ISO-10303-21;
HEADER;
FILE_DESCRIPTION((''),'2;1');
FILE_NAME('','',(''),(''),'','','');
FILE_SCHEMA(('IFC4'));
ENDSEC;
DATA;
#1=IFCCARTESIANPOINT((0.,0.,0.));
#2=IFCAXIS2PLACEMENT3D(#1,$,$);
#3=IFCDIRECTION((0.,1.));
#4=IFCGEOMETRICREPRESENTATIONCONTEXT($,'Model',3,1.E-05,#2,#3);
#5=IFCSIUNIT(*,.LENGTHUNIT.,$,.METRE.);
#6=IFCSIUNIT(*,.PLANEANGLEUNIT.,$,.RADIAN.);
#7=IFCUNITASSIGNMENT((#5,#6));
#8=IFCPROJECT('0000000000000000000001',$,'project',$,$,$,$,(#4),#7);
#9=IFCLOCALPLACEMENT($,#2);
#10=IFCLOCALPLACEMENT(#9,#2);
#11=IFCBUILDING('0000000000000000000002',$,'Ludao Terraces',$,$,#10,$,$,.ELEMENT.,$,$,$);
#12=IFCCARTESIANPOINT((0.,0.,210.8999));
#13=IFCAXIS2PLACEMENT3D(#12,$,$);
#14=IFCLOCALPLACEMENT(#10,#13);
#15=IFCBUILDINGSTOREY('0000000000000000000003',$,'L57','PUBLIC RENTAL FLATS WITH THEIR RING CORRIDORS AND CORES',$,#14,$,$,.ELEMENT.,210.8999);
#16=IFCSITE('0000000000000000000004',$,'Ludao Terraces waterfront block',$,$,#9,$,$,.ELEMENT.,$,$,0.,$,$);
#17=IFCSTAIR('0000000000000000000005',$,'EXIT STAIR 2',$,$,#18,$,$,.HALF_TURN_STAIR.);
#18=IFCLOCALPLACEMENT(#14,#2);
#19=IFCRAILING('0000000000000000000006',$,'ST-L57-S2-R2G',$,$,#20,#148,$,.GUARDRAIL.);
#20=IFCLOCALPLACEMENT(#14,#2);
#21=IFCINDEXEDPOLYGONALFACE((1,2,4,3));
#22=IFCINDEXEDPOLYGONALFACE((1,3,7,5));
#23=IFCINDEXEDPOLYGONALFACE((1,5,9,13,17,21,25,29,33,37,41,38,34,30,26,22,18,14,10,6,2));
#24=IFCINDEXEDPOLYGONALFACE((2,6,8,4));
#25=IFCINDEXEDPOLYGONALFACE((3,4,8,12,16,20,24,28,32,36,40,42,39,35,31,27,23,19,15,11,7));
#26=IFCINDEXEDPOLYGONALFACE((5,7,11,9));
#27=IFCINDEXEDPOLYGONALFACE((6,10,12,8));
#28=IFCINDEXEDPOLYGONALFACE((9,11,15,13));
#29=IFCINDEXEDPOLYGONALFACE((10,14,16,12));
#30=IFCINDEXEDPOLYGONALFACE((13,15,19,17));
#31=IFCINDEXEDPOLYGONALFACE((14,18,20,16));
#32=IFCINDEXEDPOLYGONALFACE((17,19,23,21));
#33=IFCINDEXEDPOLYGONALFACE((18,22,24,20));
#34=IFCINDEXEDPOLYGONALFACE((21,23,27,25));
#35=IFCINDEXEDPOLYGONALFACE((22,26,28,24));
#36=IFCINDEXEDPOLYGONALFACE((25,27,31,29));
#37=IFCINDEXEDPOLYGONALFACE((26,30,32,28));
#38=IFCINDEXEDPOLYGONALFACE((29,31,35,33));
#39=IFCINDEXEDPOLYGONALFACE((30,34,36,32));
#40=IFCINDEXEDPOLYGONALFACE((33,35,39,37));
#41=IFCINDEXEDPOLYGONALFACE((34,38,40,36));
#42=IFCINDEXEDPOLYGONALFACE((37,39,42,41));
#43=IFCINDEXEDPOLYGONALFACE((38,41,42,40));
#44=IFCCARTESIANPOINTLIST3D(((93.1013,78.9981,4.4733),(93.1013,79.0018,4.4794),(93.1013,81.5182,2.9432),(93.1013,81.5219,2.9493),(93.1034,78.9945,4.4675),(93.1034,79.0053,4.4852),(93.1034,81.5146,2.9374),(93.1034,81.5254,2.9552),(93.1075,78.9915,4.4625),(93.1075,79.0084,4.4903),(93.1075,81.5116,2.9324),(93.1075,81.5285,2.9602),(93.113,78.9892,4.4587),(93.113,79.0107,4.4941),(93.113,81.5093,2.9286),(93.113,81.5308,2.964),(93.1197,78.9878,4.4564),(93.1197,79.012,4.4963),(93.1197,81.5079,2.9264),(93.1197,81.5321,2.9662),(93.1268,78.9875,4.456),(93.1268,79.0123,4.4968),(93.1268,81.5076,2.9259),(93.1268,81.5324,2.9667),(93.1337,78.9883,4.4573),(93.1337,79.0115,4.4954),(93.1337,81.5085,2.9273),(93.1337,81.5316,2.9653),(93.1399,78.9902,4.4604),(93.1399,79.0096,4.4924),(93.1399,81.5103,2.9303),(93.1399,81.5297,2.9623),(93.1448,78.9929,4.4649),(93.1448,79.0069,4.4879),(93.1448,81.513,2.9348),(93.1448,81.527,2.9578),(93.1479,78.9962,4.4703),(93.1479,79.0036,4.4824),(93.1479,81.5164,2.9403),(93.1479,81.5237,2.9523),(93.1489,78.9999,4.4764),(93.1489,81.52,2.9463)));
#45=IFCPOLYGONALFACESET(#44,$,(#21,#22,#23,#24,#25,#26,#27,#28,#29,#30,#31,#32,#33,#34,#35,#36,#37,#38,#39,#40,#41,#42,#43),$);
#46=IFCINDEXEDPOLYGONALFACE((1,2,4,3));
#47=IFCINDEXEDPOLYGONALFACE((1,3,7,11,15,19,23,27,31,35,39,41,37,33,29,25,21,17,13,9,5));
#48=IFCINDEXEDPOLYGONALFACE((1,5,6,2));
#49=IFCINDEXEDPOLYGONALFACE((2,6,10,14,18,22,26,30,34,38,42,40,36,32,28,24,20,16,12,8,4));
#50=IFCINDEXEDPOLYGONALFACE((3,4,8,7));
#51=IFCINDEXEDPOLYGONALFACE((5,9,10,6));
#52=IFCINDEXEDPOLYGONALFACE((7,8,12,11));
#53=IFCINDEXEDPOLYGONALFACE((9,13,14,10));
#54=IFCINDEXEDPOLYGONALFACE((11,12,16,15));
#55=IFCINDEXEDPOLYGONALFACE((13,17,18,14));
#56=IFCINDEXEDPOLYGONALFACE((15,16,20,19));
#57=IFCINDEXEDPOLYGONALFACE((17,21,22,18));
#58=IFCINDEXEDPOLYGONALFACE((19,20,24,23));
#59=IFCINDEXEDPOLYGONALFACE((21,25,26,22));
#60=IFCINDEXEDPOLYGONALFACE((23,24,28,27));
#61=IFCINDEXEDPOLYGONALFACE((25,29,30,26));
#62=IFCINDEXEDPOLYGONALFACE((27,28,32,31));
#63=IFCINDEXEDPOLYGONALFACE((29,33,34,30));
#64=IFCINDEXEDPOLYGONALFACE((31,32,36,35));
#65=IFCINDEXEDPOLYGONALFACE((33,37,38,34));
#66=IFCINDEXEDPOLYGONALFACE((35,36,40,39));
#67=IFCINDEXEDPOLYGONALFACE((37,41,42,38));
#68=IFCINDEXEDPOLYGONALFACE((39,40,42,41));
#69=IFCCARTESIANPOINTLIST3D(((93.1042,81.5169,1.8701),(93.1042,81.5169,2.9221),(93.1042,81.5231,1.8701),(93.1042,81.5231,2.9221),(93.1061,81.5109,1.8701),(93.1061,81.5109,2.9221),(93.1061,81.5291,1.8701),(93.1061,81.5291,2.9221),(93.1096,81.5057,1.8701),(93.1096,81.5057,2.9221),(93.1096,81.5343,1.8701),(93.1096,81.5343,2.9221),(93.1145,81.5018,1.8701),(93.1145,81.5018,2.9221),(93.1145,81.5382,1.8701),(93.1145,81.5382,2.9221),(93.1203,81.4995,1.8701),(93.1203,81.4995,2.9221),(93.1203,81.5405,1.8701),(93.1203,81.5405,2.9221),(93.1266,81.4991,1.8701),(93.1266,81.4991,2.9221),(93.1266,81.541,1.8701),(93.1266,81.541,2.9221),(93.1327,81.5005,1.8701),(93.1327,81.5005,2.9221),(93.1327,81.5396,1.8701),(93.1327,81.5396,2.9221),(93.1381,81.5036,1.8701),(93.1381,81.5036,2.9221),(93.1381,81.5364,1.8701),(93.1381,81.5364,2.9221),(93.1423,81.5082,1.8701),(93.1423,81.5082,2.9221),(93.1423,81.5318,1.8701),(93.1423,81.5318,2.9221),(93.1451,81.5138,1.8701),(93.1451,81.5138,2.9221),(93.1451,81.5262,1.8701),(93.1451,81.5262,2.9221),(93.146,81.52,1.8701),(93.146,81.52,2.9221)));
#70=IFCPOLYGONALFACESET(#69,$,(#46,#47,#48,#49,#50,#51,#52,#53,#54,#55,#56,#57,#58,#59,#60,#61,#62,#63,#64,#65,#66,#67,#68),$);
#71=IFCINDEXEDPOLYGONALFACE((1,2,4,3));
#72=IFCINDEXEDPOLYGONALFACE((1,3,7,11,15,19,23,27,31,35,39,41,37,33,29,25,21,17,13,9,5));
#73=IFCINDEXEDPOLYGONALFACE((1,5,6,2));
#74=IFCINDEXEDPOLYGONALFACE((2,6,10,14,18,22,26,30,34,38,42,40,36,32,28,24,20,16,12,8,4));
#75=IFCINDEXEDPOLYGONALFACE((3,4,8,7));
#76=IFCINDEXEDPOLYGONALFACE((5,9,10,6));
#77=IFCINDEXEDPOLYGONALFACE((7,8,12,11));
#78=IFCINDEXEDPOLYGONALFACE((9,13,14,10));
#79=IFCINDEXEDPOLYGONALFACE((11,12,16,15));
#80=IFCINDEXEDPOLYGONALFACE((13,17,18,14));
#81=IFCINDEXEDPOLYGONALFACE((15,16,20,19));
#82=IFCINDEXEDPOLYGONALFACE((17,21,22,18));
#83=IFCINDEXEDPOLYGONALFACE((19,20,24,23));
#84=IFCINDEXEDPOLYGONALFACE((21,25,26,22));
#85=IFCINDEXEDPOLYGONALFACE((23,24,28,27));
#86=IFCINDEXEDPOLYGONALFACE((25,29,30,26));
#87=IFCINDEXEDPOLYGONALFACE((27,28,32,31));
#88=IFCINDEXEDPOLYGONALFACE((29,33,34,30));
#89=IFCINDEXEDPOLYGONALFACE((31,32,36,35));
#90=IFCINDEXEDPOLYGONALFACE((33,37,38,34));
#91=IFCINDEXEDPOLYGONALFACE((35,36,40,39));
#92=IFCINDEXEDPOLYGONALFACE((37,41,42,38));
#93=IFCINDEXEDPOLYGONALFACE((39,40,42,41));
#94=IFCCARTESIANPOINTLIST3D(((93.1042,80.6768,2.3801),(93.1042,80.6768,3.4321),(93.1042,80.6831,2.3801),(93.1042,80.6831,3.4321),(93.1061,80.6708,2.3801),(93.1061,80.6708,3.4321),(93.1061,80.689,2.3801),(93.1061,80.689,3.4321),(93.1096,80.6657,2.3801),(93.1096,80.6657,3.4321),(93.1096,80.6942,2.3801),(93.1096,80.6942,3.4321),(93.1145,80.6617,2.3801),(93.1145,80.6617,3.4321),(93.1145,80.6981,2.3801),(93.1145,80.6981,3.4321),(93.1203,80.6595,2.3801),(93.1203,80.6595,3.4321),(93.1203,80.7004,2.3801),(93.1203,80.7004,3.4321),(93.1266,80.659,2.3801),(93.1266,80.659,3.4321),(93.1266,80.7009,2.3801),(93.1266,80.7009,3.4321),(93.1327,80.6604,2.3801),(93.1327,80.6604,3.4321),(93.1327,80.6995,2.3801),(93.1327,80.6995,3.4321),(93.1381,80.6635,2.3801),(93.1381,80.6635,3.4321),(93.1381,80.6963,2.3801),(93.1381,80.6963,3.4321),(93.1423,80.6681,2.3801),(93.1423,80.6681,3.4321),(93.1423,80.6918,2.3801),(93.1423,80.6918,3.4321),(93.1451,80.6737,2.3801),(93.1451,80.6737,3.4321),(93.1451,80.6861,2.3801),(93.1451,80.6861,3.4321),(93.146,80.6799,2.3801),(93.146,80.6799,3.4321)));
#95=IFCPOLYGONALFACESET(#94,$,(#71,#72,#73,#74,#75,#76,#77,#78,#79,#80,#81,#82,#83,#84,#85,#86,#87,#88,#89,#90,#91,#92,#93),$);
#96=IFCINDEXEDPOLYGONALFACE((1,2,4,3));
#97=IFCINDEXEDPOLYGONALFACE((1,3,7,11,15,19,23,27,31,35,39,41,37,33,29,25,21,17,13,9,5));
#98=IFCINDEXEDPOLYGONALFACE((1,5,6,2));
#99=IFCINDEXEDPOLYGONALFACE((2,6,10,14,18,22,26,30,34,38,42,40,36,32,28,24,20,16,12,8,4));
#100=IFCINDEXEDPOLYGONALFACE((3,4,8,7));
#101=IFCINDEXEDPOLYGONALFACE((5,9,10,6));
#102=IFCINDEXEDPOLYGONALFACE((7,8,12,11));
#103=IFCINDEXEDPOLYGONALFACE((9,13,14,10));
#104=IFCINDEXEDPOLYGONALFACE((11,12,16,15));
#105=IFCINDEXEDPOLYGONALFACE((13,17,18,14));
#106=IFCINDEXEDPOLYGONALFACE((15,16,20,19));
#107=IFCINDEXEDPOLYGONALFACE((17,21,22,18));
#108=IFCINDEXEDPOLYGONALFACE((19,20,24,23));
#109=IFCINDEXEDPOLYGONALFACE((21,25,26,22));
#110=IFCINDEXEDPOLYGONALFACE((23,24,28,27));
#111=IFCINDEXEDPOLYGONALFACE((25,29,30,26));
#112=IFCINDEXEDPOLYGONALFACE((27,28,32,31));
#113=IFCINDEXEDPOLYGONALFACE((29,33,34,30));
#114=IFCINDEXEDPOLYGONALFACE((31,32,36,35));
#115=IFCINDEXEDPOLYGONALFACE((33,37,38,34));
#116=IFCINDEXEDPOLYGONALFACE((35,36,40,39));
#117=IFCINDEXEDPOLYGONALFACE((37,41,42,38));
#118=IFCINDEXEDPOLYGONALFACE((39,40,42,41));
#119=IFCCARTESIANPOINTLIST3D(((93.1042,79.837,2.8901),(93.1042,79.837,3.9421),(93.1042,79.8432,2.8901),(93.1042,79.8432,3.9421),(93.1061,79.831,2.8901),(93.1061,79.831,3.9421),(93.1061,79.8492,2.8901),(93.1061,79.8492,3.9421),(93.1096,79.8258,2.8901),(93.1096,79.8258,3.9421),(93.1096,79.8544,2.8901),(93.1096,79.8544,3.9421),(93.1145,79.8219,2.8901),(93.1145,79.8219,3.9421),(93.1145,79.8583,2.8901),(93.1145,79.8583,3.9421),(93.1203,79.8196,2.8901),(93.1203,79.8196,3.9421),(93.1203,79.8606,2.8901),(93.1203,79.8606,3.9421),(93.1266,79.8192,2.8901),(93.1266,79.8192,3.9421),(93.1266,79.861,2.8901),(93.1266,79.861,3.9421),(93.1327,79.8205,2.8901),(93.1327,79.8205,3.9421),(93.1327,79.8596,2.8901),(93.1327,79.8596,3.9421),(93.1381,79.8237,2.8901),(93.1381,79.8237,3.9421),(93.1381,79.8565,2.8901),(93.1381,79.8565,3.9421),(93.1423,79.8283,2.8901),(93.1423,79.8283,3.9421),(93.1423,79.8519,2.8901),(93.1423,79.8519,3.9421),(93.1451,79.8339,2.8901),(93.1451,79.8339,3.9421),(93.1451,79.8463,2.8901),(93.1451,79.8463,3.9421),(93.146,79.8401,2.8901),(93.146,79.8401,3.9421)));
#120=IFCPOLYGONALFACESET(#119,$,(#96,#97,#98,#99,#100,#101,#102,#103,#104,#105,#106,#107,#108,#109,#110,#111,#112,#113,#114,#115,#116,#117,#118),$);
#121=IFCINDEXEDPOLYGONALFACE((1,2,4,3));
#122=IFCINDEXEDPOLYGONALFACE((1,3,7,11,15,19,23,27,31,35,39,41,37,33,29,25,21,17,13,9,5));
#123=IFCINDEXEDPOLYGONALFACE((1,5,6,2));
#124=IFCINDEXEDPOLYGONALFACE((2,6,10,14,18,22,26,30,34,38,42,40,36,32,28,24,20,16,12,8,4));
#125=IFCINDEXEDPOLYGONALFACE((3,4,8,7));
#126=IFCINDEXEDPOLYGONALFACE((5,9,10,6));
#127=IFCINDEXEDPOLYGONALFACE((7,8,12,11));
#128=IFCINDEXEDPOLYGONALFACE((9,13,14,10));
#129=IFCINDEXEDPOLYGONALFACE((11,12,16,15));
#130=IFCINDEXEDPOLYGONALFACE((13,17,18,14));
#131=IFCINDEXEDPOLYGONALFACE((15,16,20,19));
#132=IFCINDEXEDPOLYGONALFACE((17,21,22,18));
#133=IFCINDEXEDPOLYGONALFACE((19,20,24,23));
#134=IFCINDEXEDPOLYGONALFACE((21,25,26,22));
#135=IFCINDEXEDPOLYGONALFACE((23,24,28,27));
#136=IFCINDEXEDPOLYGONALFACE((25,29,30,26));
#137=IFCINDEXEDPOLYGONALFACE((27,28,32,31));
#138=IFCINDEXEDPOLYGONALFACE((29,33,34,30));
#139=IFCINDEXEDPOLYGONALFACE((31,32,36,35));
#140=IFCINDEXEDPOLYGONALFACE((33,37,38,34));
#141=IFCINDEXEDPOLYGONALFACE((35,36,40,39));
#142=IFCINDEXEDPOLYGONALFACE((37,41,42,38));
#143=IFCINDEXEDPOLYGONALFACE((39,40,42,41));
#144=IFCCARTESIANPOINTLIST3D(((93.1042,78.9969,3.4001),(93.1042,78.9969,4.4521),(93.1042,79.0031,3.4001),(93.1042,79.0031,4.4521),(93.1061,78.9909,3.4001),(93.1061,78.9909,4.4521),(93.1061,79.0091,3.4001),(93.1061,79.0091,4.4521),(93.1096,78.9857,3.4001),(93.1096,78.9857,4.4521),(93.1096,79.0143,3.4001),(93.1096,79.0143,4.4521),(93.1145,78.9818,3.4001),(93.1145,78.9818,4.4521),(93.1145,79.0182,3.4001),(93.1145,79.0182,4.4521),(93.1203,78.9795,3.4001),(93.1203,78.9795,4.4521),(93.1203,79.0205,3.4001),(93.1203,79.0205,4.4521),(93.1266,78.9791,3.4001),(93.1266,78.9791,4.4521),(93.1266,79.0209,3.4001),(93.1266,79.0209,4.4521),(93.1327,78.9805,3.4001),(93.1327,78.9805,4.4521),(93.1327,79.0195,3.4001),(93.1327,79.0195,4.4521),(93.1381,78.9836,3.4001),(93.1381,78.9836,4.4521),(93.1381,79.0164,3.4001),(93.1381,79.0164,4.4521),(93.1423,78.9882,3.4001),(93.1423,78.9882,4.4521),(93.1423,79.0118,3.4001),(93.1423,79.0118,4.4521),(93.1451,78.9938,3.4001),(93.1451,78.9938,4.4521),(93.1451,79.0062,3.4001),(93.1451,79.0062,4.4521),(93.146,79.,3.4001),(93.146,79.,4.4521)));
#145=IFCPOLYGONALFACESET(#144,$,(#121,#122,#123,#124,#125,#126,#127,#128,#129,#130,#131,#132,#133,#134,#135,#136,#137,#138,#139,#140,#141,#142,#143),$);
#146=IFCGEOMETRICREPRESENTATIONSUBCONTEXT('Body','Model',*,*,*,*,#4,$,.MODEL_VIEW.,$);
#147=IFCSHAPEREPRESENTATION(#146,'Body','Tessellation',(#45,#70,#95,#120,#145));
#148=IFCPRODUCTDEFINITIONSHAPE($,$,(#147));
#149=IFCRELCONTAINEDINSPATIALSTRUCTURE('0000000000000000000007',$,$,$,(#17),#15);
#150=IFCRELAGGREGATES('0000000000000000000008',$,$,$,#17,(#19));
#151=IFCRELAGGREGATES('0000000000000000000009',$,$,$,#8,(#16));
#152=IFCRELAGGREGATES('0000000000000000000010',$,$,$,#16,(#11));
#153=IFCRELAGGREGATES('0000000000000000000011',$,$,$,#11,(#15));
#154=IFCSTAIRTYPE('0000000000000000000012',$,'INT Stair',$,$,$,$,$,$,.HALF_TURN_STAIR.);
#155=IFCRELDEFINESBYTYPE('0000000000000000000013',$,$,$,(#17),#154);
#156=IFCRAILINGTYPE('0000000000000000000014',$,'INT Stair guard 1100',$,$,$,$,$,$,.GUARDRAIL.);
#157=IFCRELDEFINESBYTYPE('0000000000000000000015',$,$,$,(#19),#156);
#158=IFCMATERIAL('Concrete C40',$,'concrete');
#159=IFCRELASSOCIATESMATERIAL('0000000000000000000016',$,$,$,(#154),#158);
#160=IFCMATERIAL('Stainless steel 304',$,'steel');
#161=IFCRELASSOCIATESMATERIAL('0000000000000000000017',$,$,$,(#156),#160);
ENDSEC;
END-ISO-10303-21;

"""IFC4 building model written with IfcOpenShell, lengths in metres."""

from ifc_helpers import new_model, si_unit, direction, frame, origin, origin_2d, place, context, subcontext, project, spatial, circle, extrude, material, type_object, element, aggregate, save


model = new_model("IFC4")

# Units and contexts
model_context = context("Model", 3, precision=1e-05, world=origin(), true_north=direction((0.0, 1.0)))
body_context = subcontext(model_context, "Body", "Model", "MODEL_VIEW")
ifc_project = project(units=[si_unit("LENGTHUNIT", "METRE"), si_unit("PLANEANGLEUNIT", "RADIAN")], contexts=[model_context])

# Site, building, storey
site_placement = place(None, origin())
site = spatial("IfcSite", under=ifc_project, at=site_placement, Name="Ludao Terraces waterfront block", CompositionType="ELEMENT", RefElevation=0.0)
building_placement = place(site_placement, origin())
building = spatial("IfcBuilding", under=site, at=building_placement, Name="Ludao Terraces", CompositionType="ELEMENT")
storey_placement = place(building_placement, frame((0.0, 0.0, 210.8999)))
storey = spatial("IfcBuildingStorey", under=building, at=storey_placement, Name="L57", Description="PUBLIC RENTAL FLATS WITH THEIR RING CORRIDORS AND CORES", CompositionType="ELEMENT", Elevation=210.8999)

# Stair, railing
ifc_material_1 = material(Name="Concrete C40", Category="concrete")
stair_type = type_object("IfcStairType", Name="INT Stair", PredefinedType="HALF_TURN_STAIR", material=ifc_material_1)
stair_placement = place(storey_placement, origin())
stair = element("IfcStair", 1, at=stair_placement, inside=storey, type_object=stair_type, Name="EXIT STAIR 2", PredefinedType="HALF_TURN_STAIR")
ifc_material_2 = material(Name="Stainless steel 304", Category="steel")
railing_type_1 = type_object("IfcRailingType", Name="INT Stair guard 1100", PredefinedType="GUARDRAIL", material=ifc_material_2)
railing_1_placement = place(storey_placement, frame((93.125, 81.52, 1.8701)))
railing_1 = element("IfcRailing", 2, at=railing_1_placement, type_object=railing_type_1, Name="ST-L57-S2-R2G", PredefinedType="GUARDRAIL", context=body_context, shape_type="SweptSolid", body=[
    extrude(circle(Radius=0.0239, at=origin_2d()), frame((0.0, 0.0, 1.0762), z_axis=(0.0, -0.854785, 0.518982), x_axis=(1.0, 0.0, 0.0)), (0.0, 0.0, 1.0), 2.9482),
    extrude(circle(Radius=0.021, at=origin_2d()), origin(), (0.0, 0.0, 1.0), 1.052),
    extrude(circle(Radius=0.021, at=origin_2d()), frame((0.0, -0.8401, 0.51)), (0.0, 0.0, 1.0), 1.052),
    extrude(circle(Radius=0.021, at=origin_2d()), frame((0.0, -1.6799, 1.02)), (0.0, 0.0, 1.0), 1.052),
    extrude(circle(Radius=0.021, at=origin_2d()), frame((0.0, -2.52, 1.53)), (0.0, 0.0, 1.0), 1.052),
])
aggregate(stair, [railing_1])

save(model, "model.ifc")
